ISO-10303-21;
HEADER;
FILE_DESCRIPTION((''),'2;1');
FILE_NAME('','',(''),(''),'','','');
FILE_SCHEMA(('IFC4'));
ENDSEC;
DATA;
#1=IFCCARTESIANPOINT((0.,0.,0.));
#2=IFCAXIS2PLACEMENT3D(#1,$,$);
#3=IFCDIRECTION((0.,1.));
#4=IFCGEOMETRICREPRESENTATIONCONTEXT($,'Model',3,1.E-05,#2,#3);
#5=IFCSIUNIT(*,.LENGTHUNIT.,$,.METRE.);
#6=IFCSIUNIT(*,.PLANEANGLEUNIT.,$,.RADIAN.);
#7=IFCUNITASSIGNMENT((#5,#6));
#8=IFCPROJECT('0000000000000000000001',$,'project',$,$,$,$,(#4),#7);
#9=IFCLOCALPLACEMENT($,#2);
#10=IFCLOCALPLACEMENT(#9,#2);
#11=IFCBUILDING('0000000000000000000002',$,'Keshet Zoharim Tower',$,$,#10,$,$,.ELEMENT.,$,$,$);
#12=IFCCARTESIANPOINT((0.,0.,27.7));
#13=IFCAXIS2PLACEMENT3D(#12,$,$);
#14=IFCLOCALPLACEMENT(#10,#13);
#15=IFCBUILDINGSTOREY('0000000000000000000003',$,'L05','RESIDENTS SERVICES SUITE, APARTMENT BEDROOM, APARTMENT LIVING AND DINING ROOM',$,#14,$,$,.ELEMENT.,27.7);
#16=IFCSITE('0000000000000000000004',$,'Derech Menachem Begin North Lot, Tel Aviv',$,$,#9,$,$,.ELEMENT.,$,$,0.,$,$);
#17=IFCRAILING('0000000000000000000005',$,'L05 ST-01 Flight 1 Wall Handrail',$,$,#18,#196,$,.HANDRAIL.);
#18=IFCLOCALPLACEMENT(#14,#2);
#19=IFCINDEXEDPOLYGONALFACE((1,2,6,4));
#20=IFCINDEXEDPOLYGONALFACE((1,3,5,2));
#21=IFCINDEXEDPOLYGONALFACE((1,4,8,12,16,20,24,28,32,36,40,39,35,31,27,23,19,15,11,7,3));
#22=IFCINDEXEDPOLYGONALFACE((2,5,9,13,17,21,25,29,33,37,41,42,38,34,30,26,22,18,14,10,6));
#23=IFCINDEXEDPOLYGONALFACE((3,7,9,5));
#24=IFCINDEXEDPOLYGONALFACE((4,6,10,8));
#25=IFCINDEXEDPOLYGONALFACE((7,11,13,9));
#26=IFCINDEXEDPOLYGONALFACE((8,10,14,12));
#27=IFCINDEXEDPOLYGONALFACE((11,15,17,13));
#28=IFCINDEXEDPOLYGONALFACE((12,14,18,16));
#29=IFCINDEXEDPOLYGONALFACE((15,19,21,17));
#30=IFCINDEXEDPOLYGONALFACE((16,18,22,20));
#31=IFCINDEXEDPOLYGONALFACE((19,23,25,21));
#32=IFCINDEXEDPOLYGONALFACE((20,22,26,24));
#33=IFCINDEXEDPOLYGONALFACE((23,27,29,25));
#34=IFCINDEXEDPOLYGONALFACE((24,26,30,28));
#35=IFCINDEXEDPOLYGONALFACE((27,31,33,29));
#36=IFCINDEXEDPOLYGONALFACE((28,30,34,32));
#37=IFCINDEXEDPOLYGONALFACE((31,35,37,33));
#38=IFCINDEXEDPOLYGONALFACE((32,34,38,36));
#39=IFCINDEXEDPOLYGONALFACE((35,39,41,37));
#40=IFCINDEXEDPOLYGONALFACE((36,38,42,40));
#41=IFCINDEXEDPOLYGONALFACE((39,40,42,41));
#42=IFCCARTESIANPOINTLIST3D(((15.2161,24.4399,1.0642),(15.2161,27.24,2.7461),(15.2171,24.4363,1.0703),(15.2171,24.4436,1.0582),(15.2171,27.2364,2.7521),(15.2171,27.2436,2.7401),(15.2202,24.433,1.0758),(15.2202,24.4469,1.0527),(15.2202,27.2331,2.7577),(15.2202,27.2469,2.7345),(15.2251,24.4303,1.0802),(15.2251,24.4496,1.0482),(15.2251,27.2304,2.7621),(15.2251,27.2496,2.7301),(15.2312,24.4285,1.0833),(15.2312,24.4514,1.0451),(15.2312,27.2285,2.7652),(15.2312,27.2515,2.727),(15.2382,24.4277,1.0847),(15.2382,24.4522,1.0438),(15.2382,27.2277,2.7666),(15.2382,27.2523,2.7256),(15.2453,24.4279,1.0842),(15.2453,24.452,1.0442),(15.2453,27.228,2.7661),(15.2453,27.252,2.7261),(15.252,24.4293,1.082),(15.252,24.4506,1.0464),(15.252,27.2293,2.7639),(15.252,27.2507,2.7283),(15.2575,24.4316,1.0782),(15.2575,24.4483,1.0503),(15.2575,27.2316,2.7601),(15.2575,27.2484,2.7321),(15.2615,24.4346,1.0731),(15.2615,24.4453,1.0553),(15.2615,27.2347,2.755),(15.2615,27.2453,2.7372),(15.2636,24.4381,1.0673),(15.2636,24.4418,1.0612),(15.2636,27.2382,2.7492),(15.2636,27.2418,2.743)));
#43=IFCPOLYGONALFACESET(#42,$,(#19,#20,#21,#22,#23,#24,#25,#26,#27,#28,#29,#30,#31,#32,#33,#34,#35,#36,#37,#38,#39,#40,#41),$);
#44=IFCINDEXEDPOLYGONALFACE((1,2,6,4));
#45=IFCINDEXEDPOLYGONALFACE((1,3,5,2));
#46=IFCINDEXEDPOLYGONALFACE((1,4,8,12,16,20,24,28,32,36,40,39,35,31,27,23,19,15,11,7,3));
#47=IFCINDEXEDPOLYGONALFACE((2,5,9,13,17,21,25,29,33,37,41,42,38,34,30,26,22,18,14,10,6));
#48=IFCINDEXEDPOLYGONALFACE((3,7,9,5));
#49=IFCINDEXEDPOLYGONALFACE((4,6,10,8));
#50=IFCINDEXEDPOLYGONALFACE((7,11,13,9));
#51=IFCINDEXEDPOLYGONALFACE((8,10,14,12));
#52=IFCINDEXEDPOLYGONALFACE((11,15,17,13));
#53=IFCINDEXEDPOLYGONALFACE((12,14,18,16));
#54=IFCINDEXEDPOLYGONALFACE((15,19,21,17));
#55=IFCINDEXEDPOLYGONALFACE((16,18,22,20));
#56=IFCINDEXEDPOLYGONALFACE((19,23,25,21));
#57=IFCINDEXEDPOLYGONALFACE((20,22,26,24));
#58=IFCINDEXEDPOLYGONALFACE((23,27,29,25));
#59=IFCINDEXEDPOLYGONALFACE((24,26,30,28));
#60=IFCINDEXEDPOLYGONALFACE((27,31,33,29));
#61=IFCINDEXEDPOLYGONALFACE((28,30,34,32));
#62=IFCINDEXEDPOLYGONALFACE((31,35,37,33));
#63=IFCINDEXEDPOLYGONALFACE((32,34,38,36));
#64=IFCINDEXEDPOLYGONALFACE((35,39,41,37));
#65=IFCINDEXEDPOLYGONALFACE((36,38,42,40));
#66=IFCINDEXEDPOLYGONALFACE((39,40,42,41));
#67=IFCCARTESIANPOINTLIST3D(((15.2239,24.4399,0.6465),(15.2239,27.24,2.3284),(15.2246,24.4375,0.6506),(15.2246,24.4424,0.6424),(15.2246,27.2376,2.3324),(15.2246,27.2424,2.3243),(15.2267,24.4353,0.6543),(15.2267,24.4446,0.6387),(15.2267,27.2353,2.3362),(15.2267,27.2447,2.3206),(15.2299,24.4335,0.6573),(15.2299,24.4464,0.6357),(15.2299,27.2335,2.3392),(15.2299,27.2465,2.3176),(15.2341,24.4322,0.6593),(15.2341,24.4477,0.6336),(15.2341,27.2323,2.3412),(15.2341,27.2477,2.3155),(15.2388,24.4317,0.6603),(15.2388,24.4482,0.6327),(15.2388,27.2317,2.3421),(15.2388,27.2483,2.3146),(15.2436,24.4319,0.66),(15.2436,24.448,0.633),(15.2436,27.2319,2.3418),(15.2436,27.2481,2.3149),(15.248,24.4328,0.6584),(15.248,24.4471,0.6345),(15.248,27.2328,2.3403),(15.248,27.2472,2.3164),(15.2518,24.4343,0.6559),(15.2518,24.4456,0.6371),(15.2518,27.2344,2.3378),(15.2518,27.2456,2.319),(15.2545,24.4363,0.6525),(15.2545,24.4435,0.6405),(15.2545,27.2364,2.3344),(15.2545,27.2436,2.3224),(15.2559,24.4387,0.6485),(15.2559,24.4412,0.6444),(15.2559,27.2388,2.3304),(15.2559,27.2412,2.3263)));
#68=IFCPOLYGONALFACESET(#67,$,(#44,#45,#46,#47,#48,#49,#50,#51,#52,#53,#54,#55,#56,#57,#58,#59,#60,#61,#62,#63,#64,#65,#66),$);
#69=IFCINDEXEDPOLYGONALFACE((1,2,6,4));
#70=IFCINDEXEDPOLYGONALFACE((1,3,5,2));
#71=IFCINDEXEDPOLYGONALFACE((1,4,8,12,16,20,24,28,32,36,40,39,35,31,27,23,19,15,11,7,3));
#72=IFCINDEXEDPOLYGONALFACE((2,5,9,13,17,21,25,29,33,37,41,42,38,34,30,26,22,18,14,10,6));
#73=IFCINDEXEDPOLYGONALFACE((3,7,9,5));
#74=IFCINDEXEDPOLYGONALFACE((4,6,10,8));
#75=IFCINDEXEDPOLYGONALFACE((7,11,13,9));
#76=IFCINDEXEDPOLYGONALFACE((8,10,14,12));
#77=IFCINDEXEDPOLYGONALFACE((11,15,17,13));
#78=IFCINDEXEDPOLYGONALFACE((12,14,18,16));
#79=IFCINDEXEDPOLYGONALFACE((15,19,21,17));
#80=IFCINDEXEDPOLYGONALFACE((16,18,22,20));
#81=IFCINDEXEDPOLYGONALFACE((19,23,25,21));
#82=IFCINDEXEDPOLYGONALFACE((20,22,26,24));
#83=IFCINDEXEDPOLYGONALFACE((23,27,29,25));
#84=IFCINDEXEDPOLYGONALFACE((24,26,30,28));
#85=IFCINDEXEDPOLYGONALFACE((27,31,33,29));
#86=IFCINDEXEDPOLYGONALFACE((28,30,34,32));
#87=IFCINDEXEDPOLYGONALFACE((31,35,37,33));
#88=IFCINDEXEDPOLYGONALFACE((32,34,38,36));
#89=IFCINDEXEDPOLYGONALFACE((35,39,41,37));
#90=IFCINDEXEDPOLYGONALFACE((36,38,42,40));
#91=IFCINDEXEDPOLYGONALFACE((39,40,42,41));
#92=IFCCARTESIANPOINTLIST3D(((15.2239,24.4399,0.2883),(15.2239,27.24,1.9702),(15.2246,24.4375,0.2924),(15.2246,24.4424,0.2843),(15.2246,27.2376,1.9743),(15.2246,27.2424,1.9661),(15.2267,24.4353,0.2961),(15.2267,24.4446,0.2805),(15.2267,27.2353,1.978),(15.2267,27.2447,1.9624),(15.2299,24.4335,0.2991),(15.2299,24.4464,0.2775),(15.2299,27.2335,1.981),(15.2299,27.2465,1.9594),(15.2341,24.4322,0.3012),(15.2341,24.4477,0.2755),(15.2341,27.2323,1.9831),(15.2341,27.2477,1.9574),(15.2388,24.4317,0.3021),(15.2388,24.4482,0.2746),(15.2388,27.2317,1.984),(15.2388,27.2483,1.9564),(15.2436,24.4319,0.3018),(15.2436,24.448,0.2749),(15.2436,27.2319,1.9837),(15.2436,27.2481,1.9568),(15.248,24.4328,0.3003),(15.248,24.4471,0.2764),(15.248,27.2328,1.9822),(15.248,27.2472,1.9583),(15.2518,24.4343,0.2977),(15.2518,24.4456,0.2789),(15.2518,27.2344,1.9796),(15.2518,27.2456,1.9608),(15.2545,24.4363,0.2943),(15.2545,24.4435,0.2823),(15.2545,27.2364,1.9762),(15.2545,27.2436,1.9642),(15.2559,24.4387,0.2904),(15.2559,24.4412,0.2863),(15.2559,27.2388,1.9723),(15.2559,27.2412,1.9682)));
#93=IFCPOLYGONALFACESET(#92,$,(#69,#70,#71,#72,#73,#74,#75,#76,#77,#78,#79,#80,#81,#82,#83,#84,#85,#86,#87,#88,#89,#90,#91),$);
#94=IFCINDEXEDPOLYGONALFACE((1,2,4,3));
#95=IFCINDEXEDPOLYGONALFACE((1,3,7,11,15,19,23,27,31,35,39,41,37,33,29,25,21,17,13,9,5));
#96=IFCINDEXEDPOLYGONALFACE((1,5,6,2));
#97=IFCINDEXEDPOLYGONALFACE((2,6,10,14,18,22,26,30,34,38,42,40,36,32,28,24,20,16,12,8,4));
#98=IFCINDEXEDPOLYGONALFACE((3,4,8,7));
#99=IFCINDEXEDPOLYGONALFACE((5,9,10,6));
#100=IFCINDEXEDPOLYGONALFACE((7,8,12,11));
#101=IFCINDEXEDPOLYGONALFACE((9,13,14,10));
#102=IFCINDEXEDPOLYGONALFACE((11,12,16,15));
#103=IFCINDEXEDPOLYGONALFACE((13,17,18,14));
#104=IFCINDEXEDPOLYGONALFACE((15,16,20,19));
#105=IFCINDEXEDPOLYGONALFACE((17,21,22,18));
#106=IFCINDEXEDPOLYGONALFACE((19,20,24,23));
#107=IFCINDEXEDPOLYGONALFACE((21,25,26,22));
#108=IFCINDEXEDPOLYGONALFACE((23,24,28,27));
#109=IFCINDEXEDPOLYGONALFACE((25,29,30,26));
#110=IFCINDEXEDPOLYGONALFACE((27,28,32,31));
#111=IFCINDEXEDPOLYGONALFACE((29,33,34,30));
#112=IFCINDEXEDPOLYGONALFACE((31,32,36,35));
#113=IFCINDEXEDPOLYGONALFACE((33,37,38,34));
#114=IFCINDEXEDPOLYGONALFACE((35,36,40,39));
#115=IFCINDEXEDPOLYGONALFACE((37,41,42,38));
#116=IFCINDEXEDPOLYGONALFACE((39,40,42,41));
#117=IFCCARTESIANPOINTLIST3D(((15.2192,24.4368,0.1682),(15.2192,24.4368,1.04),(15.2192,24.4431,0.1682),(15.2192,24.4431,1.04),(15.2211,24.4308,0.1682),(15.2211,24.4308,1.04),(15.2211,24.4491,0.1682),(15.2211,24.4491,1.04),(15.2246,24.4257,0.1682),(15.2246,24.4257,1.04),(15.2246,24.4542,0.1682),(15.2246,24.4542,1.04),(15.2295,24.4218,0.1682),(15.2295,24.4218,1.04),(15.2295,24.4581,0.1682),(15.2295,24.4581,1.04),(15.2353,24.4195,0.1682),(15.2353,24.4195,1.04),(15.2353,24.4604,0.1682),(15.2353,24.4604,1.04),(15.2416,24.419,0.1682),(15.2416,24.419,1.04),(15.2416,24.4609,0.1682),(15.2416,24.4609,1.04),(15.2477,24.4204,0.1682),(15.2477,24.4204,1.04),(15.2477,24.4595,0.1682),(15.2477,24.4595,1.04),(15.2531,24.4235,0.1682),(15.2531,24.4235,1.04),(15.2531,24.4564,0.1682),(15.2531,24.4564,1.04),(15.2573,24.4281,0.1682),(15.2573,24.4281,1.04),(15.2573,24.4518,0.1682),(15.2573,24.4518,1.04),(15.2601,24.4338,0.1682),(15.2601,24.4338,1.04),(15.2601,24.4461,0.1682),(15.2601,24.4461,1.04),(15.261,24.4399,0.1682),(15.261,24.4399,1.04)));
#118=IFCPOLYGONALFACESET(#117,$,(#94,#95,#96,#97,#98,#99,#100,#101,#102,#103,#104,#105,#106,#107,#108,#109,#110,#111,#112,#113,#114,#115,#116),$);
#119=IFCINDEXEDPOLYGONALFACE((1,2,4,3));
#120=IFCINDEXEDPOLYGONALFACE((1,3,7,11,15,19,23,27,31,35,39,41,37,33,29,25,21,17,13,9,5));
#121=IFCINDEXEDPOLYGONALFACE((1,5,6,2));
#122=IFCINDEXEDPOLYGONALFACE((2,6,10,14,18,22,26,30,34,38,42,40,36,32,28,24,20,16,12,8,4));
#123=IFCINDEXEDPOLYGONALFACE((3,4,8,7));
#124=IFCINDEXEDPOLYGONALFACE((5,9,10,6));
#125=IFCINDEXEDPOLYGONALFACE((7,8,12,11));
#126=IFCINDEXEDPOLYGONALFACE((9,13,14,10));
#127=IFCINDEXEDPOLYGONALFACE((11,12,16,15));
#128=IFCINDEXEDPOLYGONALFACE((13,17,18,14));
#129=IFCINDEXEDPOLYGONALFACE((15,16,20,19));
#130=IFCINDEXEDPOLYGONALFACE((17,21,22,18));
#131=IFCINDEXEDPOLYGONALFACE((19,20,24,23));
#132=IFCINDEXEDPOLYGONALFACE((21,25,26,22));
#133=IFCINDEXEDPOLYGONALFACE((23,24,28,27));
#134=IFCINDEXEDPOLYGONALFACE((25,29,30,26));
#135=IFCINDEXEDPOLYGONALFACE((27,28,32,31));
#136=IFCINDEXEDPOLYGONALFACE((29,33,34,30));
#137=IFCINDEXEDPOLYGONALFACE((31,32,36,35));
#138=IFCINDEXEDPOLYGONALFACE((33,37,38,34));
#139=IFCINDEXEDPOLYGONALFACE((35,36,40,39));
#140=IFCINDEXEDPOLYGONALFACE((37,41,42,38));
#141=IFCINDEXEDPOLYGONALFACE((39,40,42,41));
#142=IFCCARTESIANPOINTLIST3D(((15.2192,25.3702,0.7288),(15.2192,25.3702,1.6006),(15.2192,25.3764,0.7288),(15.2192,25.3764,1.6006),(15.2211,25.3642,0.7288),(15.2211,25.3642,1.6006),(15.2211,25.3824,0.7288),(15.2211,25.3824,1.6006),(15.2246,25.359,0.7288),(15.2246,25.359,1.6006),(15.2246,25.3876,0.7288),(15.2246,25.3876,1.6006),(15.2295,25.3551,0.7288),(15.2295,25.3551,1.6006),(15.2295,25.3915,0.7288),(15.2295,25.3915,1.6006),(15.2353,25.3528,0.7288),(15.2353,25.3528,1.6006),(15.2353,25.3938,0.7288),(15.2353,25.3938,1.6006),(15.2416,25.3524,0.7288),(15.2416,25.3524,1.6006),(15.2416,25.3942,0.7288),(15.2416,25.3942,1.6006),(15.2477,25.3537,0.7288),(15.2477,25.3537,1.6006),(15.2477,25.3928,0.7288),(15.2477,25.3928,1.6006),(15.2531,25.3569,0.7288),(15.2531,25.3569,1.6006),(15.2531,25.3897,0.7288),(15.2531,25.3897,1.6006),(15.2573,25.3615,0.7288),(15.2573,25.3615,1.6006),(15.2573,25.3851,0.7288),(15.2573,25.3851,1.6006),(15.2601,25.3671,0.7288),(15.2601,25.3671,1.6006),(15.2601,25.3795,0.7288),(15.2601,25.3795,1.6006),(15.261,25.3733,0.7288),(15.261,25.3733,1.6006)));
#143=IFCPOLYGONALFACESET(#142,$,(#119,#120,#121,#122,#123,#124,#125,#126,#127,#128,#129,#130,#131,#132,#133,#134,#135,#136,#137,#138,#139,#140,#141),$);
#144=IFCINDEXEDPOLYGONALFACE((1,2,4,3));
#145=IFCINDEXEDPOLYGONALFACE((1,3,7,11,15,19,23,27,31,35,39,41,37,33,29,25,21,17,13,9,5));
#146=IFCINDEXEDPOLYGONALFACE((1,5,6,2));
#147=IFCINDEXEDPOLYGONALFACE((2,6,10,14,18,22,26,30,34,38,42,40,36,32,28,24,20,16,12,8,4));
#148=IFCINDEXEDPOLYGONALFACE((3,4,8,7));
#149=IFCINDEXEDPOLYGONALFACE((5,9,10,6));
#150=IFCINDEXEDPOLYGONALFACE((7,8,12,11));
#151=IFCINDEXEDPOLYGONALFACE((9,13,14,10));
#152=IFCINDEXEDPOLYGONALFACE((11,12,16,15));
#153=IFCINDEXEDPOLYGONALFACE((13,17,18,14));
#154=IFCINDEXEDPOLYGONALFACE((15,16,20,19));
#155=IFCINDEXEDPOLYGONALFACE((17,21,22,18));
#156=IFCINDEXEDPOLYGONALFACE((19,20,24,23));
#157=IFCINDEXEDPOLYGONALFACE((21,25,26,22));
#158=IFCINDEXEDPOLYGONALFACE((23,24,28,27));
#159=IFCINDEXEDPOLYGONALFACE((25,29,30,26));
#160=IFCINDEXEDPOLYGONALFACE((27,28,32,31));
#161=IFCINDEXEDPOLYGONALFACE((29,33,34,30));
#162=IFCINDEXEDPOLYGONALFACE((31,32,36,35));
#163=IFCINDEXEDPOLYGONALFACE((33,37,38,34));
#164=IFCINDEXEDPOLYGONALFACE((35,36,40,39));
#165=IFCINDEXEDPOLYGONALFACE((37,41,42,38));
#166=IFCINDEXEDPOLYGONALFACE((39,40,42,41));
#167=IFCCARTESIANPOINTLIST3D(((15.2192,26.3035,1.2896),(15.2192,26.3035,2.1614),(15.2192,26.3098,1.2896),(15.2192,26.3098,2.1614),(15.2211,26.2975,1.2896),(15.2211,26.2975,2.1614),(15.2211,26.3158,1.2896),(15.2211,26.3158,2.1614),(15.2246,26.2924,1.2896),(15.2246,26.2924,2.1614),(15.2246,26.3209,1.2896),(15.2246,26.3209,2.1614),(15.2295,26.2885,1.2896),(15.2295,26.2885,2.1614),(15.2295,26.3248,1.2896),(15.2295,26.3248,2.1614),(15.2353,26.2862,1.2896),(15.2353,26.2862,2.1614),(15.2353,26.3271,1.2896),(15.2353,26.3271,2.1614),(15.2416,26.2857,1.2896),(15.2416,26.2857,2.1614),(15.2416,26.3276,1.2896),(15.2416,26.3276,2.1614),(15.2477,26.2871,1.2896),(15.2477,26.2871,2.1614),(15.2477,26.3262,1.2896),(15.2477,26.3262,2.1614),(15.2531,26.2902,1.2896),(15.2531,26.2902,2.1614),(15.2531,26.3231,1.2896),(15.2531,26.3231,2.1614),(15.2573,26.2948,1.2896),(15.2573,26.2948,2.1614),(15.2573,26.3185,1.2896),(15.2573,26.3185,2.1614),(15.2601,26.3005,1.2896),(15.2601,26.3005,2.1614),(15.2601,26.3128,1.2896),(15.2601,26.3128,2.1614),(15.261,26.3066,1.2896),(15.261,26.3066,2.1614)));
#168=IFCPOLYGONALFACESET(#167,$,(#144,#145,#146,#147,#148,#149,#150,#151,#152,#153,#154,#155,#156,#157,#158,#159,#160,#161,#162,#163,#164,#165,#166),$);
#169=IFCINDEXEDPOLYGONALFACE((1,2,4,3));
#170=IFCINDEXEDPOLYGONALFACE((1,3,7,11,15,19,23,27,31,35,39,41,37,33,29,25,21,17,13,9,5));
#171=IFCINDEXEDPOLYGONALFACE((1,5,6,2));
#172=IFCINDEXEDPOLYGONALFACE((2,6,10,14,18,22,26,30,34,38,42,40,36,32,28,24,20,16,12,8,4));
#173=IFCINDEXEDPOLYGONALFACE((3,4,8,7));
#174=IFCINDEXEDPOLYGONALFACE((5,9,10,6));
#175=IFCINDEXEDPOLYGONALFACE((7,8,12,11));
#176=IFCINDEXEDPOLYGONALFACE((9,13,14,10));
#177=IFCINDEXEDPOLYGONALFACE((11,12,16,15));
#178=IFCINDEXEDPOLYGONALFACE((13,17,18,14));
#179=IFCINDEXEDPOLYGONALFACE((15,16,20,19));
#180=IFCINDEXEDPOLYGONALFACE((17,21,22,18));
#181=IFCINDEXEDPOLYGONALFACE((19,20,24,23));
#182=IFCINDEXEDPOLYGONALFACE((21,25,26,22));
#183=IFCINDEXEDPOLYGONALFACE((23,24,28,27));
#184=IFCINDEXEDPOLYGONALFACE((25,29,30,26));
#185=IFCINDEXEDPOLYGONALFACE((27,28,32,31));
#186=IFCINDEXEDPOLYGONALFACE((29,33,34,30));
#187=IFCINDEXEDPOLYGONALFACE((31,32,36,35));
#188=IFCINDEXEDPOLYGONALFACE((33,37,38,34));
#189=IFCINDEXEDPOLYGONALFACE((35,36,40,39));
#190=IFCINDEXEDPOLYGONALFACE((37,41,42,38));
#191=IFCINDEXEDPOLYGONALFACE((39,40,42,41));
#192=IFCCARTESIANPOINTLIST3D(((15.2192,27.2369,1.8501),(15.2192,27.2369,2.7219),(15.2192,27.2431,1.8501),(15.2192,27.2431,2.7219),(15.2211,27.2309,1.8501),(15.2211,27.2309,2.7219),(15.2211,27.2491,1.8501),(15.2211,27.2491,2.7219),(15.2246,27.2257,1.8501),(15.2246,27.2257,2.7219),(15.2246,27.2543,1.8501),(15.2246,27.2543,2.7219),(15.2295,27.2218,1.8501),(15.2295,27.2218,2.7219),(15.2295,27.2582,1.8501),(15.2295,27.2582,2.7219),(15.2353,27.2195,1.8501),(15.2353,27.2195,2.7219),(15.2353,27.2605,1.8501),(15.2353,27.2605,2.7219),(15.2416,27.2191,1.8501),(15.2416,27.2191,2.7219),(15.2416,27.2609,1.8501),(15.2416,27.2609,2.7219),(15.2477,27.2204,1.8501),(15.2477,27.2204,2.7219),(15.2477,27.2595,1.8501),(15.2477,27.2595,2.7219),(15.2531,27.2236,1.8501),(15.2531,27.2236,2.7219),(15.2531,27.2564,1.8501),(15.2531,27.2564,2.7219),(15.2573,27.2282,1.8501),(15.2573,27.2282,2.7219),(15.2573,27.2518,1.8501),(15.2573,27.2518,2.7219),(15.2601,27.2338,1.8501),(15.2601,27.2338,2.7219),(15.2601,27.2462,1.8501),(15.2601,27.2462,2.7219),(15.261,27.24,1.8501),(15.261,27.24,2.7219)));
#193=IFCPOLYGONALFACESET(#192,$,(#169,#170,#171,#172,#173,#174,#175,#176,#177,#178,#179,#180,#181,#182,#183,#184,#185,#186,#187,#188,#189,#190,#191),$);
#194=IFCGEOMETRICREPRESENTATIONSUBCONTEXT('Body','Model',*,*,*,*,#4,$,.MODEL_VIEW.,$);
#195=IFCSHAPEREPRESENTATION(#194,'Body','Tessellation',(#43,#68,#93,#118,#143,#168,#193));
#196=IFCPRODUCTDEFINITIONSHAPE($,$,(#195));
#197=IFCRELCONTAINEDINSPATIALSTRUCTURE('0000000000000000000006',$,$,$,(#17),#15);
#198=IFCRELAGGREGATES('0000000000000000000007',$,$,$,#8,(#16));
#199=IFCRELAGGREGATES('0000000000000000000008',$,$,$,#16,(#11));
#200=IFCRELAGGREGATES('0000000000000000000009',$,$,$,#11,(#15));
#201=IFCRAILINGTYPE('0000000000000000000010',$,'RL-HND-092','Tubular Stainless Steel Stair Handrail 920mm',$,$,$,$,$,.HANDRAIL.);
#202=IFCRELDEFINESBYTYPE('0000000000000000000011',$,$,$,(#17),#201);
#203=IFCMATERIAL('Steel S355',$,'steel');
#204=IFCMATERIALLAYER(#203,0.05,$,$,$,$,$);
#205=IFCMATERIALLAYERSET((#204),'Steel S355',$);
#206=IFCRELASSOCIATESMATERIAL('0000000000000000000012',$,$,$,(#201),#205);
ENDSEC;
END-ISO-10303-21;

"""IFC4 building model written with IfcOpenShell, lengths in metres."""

from ifc_helpers import new_model, si_unit, direction, frame, origin, origin_2d, place, context, subcontext, project, spatial, circle, extrude, material, layer, layer_set, type_object, element, save


model = new_model("IFC4")

# Units and contexts
model_context = context("Model", 3, precision=1e-05, world=origin(), true_north=direction((0.0, 1.0)))
body_context = subcontext(model_context, "Body", "Model", "MODEL_VIEW")
ifc_project = project(units=[si_unit("LENGTHUNIT", "METRE"), si_unit("PLANEANGLEUNIT", "RADIAN")], contexts=[model_context])

# Site, building, storey
site_placement = place(None, origin())
site = spatial("IfcSite", under=ifc_project, at=site_placement, Name="Derech Menachem Begin North Lot, Tel Aviv", CompositionType="ELEMENT", RefElevation=0.0)
building_placement = place(site_placement, origin())
building = spatial("IfcBuilding", under=site, at=building_placement, Name="Keshet Zoharim Tower", CompositionType="ELEMENT")
storey_placement = place(building_placement, frame((0.0, 0.0, 27.7)))
storey = spatial("IfcBuildingStorey", under=building, at=storey_placement, Name="L05", Description="RESIDENTS SERVICES SUITE, APARTMENT BEDROOM, APARTMENT LIVING AND DINING ROOM", CompositionType="ELEMENT", Elevation=27.7)

# Railing
ifc_material_1 = material(Name="Steel S355", Category="steel")
ifc_layer_1 = layer(ifc_material_1, 0.05)
ifc_layer_set_1 = layer_set([ifc_layer_1], Name="Steel S355")
railing_type_1 = type_object("IfcRailingType", Name="RL-HND-092", Description="Tubular Stainless Steel Stair Handrail 920mm", PredefinedType="HANDRAIL", material=ifc_layer_set_1)
railing_1_placement = place(storey_placement, frame((15.24, 24.4399, 0.1682)))
element("IfcRailing", 1, at=railing_1_placement, inside=storey, type_object=railing_type_1, Name="L05 ST-01 Flight 1 Wall Handrail", PredefinedType="HANDRAIL", context=body_context, shape_type="SweptSolid", body=[
    extrude(circle(Radius=0.0239, at=origin_2d()), frame((0.0, 0.0, 0.896), z_axis=(0.0, 0.857242, 0.514913), x_axis=(-1.0, 0.0, 0.0)), (0.0, 0.0, 1.0), 3.2664),
    extrude(circle(Radius=0.0161, at=origin_2d()), frame((0.0, 0.0, 0.4783), z_axis=(0.0, 0.857242, 0.514913), x_axis=(-1.0, 0.0, 0.0)), (0.0, 0.0, 1.0), 3.2664),
    extrude(circle(Radius=0.0161, at=origin_2d()), frame((0.0, 0.0, 0.1201), z_axis=(0.0, 0.857242, 0.514913), x_axis=(-1.0, 0.0, 0.0)), (0.0, 0.0, 1.0), 3.2664),
    extrude(circle(Radius=0.021, at=origin_2d()), origin(), (0.0, 0.0, 1.0), 0.8718),
    extrude(circle(Radius=0.021, at=origin_2d()), frame((0.0, 0.9333, 0.5605)), (0.0, 0.0, 1.0), 0.8718),
    extrude(circle(Radius=0.021, at=origin_2d()), frame((0.0, 1.8667, 1.1213)), (0.0, 0.0, 1.0), 0.8718),
    extrude(circle(Radius=0.021, at=origin_2d()), frame((0.0, 2.8, 1.6819)), (0.0, 0.0, 1.0), 0.8718),
])

save(model, "model.ifc")
